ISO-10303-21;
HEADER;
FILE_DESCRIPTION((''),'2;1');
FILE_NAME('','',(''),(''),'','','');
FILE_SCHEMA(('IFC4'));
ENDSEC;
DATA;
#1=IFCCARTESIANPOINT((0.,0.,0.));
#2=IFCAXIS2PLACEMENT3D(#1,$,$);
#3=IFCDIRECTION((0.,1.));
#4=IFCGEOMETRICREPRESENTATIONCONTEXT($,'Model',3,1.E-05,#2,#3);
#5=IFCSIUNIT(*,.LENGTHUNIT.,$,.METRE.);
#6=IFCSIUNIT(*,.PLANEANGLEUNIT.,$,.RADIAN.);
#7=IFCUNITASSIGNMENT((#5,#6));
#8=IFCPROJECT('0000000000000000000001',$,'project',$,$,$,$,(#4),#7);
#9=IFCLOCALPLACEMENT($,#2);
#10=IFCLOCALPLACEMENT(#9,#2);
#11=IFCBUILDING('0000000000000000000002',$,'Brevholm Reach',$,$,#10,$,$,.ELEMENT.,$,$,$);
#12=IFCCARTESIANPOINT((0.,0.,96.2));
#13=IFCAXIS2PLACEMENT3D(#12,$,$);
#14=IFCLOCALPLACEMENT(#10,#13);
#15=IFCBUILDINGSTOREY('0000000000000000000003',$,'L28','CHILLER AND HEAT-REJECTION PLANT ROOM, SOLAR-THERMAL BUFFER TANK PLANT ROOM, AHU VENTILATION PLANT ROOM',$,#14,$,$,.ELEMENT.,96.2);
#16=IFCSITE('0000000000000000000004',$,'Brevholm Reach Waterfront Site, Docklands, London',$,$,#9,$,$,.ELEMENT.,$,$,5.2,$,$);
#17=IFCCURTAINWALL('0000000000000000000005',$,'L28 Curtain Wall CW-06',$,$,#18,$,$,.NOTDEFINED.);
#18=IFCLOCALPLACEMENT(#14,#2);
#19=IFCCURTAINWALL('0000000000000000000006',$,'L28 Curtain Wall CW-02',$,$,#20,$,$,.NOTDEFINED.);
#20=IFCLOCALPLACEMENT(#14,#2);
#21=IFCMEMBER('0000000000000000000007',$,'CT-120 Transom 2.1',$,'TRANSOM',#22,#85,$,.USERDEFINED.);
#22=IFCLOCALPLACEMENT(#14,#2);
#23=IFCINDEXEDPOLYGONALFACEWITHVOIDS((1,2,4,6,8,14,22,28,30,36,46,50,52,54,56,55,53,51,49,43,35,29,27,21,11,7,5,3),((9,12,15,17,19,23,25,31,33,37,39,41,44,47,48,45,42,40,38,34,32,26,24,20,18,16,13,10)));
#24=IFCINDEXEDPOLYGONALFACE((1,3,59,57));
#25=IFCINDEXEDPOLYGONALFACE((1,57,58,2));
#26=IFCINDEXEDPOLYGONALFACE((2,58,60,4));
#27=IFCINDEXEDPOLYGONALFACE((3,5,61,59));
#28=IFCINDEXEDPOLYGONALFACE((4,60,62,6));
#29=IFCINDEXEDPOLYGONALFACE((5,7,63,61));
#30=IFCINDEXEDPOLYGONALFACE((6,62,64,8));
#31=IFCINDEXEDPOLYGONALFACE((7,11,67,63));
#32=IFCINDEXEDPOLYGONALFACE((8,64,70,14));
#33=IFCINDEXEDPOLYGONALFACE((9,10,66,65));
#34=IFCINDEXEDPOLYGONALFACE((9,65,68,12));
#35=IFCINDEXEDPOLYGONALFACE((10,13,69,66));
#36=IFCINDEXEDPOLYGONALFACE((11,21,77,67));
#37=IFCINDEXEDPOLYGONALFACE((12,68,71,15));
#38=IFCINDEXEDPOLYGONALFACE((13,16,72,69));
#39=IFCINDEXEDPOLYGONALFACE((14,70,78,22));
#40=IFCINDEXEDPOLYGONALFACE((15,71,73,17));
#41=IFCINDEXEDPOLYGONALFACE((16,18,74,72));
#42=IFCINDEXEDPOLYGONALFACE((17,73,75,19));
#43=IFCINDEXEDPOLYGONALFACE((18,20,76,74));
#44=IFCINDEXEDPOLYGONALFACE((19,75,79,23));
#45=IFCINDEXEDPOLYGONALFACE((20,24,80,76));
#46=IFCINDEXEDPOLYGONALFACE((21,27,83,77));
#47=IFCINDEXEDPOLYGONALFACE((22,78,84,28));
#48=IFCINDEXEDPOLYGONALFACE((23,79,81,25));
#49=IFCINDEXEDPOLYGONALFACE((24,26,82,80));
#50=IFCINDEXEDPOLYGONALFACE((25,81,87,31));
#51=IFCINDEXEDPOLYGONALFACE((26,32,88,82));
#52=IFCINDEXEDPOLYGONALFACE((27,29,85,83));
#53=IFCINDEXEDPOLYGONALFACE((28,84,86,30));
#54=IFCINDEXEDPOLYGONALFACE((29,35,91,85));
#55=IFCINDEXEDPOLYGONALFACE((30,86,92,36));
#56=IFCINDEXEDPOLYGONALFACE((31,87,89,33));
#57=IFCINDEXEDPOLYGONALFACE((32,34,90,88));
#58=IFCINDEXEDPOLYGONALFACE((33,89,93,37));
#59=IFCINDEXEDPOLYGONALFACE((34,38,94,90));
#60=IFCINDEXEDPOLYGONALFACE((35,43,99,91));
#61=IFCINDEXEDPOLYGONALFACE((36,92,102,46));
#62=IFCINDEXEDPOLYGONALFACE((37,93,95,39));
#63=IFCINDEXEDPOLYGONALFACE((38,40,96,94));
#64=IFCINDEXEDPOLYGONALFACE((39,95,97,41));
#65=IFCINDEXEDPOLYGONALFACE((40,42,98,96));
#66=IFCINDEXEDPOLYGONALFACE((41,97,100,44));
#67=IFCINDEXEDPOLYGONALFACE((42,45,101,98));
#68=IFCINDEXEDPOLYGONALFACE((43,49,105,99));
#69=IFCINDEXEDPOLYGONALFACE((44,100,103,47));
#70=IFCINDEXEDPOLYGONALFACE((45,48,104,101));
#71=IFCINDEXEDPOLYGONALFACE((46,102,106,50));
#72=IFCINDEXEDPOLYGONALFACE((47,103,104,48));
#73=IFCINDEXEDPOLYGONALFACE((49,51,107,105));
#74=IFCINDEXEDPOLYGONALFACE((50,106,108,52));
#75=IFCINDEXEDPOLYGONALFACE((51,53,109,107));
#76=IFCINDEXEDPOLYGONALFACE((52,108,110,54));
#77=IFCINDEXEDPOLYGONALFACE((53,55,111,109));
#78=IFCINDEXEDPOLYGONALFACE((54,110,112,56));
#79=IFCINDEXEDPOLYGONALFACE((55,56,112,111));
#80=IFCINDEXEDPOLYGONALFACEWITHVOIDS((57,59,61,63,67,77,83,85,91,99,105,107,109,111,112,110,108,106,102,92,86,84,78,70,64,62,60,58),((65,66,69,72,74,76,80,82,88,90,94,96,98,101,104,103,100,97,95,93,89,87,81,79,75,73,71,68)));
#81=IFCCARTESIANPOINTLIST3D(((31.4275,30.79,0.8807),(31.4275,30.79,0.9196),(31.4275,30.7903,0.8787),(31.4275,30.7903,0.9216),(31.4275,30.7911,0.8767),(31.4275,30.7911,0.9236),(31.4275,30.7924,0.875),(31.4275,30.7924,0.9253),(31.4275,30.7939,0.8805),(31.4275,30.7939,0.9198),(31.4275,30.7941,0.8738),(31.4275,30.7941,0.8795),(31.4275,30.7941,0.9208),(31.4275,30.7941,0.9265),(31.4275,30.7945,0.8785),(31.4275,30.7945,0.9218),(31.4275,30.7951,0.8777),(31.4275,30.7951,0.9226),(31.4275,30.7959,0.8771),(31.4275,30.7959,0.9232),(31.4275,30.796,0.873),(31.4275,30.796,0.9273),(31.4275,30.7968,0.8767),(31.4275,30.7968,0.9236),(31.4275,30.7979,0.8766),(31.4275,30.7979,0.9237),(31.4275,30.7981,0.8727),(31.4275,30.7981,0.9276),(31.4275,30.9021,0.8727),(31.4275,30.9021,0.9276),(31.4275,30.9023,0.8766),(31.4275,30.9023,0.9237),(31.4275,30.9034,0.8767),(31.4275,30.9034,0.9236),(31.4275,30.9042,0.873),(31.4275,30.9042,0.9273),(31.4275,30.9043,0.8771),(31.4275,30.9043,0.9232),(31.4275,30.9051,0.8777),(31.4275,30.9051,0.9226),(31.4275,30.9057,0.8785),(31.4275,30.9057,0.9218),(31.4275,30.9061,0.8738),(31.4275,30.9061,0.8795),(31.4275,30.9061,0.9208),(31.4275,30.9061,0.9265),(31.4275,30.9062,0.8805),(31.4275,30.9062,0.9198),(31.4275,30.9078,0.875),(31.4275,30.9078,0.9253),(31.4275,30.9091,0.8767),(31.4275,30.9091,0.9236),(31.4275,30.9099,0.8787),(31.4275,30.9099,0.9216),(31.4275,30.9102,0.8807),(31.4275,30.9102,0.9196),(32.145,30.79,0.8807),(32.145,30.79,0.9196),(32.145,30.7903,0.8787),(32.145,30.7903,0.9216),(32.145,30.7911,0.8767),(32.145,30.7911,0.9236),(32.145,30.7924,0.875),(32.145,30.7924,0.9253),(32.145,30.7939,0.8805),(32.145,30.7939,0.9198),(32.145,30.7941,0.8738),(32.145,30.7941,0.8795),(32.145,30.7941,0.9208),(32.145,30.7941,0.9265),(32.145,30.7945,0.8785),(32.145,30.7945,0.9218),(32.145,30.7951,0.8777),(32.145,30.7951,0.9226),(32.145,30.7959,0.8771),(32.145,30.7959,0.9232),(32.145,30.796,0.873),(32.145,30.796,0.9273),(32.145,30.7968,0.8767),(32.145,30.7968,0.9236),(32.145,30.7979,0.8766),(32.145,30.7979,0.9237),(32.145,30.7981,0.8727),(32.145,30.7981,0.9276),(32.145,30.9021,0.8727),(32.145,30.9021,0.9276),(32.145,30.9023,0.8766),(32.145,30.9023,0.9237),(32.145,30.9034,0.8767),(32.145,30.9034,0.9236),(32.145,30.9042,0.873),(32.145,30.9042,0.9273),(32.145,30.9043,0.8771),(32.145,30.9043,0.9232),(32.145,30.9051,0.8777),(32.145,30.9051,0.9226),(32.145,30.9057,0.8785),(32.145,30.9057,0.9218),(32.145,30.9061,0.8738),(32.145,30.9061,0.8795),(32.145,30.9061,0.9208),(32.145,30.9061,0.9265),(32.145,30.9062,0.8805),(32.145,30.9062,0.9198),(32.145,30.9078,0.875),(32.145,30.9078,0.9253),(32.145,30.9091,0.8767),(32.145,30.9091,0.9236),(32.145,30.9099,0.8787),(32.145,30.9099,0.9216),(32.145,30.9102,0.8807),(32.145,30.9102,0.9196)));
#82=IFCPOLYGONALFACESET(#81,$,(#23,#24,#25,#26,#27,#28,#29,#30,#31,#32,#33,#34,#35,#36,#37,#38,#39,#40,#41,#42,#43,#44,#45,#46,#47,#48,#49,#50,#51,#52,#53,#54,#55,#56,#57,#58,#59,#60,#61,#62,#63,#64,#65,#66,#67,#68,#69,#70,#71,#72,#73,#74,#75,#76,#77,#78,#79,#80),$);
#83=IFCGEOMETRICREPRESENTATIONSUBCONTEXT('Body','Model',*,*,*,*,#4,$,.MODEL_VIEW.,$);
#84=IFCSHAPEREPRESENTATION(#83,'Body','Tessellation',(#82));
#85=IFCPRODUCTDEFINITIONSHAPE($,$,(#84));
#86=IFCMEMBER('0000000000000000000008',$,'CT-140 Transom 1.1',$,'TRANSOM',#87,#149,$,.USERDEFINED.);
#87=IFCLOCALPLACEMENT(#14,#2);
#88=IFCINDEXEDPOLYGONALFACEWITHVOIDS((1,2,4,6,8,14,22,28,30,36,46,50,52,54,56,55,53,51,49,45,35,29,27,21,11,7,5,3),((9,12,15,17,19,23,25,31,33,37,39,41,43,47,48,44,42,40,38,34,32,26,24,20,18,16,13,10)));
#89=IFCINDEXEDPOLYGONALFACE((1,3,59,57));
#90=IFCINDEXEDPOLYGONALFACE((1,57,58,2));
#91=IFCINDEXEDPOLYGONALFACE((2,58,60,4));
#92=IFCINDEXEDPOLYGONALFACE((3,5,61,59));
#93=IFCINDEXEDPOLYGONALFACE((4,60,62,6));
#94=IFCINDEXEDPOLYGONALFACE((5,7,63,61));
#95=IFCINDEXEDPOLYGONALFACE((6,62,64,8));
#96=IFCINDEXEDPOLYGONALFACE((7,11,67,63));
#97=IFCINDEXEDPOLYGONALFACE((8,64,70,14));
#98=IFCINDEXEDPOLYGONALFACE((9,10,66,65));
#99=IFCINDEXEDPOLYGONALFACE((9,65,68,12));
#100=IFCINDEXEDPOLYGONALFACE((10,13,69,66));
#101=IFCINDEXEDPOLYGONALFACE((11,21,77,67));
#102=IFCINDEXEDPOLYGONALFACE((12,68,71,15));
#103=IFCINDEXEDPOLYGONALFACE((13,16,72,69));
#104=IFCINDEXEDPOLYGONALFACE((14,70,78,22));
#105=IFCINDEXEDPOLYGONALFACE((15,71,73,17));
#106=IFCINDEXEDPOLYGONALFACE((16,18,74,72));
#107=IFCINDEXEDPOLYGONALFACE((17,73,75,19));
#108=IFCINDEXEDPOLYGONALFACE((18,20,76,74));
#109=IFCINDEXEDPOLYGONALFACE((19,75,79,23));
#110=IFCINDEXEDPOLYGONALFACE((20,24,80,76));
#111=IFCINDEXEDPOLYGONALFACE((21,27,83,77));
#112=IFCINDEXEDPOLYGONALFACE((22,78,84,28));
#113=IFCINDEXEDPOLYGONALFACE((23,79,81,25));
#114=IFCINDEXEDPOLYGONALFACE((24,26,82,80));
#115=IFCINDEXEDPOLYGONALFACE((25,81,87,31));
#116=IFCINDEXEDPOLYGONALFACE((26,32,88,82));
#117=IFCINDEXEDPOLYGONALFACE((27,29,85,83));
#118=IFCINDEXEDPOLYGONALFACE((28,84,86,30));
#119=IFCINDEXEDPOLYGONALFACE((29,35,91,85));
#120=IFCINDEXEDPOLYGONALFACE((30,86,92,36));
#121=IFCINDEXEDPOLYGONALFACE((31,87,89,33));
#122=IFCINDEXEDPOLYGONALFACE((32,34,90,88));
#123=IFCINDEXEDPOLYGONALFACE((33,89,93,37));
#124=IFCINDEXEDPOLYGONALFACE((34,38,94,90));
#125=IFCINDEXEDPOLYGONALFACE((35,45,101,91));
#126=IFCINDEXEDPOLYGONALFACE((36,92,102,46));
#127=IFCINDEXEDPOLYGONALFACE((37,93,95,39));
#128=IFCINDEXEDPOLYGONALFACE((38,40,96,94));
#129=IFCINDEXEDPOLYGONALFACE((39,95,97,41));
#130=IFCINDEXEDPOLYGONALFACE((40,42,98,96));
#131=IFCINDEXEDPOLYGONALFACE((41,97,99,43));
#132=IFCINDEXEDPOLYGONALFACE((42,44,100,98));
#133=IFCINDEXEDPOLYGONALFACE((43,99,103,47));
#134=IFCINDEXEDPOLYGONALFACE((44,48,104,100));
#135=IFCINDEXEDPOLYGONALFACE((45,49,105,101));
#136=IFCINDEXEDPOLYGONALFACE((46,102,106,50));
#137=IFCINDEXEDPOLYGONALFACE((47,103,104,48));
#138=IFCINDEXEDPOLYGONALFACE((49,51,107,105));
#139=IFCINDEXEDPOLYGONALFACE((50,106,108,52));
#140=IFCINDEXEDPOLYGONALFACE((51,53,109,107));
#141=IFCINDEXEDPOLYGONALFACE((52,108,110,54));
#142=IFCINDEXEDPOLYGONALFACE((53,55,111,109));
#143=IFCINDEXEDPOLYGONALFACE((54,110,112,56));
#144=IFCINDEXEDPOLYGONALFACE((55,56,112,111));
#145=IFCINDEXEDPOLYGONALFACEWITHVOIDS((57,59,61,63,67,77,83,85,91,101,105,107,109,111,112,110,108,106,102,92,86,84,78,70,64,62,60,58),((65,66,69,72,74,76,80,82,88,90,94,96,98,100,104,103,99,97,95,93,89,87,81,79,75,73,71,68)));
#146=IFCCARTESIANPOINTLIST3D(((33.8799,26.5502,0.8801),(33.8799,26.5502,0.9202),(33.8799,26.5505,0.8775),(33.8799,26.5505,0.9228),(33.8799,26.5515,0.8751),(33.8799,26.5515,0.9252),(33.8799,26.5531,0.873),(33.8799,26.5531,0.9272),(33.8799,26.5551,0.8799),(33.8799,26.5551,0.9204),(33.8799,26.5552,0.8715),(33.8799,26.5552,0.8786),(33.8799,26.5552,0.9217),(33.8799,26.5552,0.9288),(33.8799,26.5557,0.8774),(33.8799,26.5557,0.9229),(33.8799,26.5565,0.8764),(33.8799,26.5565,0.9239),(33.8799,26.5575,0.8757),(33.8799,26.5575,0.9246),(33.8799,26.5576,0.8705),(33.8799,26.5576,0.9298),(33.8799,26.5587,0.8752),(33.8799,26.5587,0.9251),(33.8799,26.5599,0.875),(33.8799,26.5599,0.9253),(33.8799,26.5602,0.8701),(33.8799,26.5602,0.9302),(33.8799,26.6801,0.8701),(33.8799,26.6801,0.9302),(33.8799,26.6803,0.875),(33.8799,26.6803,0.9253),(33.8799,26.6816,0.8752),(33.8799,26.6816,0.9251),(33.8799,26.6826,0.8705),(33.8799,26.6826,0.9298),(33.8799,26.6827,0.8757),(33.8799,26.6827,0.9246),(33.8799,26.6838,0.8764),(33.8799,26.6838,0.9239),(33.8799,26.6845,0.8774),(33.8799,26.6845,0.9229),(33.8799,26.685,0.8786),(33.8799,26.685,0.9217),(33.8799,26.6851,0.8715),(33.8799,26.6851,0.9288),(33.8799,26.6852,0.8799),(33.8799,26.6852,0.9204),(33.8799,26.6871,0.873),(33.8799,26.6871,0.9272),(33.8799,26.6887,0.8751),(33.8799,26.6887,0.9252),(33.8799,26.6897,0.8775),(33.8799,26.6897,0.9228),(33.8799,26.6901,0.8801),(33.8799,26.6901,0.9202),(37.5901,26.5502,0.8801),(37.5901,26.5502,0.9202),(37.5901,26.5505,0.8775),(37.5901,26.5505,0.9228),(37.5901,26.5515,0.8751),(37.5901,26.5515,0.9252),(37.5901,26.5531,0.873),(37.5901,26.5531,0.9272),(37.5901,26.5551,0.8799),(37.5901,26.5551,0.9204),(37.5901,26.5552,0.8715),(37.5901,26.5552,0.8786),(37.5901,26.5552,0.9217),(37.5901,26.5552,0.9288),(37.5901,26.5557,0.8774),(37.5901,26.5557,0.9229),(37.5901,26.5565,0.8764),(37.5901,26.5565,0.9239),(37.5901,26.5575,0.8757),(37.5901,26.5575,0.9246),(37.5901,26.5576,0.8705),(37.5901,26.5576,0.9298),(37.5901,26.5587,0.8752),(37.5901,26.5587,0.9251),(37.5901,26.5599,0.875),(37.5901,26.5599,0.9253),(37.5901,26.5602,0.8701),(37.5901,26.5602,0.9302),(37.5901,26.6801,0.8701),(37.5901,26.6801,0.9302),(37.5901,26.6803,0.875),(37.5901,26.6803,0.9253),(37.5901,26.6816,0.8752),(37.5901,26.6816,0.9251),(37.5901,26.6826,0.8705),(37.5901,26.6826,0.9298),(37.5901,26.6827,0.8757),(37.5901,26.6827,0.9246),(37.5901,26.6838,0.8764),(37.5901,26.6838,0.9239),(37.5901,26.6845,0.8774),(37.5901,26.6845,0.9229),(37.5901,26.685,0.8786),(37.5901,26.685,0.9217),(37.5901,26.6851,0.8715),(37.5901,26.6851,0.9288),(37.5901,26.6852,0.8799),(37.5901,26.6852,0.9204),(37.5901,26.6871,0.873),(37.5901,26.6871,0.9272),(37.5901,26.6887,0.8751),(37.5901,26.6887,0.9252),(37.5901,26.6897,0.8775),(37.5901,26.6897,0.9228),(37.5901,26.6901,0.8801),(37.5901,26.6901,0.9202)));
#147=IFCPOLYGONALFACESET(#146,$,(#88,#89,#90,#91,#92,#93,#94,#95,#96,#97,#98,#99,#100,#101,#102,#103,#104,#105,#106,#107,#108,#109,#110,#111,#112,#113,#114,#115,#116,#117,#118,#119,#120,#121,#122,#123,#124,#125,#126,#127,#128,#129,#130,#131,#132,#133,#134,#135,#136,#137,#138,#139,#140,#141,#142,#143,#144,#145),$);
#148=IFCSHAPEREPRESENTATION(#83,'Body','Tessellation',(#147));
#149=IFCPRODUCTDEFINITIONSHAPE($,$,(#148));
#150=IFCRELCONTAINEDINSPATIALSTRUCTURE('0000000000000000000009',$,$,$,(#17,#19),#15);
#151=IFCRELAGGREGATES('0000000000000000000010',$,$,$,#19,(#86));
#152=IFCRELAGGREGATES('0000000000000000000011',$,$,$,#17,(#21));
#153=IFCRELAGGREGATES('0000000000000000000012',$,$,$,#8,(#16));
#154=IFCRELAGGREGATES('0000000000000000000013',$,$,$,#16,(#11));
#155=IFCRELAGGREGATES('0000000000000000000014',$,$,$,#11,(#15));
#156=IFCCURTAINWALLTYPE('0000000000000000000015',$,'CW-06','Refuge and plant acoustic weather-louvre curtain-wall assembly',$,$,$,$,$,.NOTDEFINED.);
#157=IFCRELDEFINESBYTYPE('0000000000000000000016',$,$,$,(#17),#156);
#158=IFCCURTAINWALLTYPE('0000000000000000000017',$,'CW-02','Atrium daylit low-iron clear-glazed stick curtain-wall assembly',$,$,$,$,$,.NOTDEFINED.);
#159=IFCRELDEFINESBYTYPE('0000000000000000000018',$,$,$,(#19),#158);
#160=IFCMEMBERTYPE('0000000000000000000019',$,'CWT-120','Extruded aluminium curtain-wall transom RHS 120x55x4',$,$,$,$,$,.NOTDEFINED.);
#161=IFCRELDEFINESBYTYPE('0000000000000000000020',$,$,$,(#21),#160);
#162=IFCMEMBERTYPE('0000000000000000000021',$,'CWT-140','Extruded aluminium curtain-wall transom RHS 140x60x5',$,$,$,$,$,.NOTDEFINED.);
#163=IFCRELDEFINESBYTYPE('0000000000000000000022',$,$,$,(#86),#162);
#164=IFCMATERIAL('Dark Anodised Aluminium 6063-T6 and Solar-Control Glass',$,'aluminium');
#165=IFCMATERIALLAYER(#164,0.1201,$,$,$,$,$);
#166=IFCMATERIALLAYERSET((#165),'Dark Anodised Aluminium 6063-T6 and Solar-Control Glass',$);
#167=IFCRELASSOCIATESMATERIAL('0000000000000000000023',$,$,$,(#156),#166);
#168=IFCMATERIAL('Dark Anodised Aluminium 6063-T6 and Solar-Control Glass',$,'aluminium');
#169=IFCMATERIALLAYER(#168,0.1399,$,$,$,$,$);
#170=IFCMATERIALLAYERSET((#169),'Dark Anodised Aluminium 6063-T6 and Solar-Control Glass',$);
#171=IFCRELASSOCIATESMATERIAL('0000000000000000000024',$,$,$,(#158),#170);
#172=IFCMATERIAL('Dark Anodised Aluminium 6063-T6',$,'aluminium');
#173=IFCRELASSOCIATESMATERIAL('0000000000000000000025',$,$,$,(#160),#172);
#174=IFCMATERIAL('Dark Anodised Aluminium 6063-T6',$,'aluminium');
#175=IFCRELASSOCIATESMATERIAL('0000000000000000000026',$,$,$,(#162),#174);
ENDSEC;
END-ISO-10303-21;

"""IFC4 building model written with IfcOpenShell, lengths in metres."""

from ifc_helpers import new_model, si_unit, direction, frame, origin, origin_2d, place, context, subcontext, project, spatial, hollow_rectangle, extrude, material, layer, layer_set, material_profile, profile_set, type_object, element, aggregate, save


model = new_model("IFC4")

# Units and contexts
model_context = context("Model", 3, precision=1e-05, world=origin(), true_north=direction((0.0, 1.0)))
body_context = subcontext(model_context, "Body", "Model", "MODEL_VIEW")
ifc_project = project(units=[si_unit("LENGTHUNIT", "METRE"), si_unit("PLANEANGLEUNIT", "RADIAN")], contexts=[model_context])

# Site, building, storey
site_placement = place(None, origin())
site = spatial("IfcSite", under=ifc_project, at=site_placement, Name="Brevholm Reach Waterfront Site, Docklands, London", CompositionType="ELEMENT", RefElevation=5.2)
building_placement = place(site_placement, origin())
building = spatial("IfcBuilding", under=site, at=building_placement, Name="Brevholm Reach", CompositionType="ELEMENT")
storey_placement = place(building_placement, frame((0.0, 0.0, 96.2)))
storey = spatial("IfcBuildingStorey", under=building, at=storey_placement, Name="L28", Description="CHILLER AND HEAT-REJECTION PLANT ROOM, SOLAR-THERMAL BUFFER TANK PLANT ROOM, AHU VENTILATION PLANT ROOM", CompositionType="ELEMENT", Elevation=96.2)

# Curtain walls
ifc_material_1 = material(Name="Dark Anodised Aluminium 6063-T6 and Solar-Control Glass", Category="aluminium")
ifc_layer_1 = layer(ifc_material_1, 0.1201)
ifc_layer_set_1 = layer_set([ifc_layer_1], Name="Dark Anodised Aluminium 6063-T6 and Solar-Control Glass")
curtain_wall_type_1 = type_object("IfcCurtainWallType", Name="CW-06", Description="Refuge and plant acoustic weather-louvre curtain-wall assembly", PredefinedType="NOTDEFINED", material=ifc_layer_set_1)
curtain_wall_1_placement = place(storey_placement, origin())
curtain_wall_1 = element("IfcCurtainWall", 1, at=curtain_wall_1_placement, inside=storey, type_object=curtain_wall_type_1, Name="L28 Curtain Wall CW-06", PredefinedType="NOTDEFINED")
ifc_material_2 = material(Name="Dark Anodised Aluminium 6063-T6 and Solar-Control Glass", Category="aluminium")
ifc_layer_2 = layer(ifc_material_2, 0.1399)
ifc_layer_set_2 = layer_set([ifc_layer_2], Name="Dark Anodised Aluminium 6063-T6 and Solar-Control Glass")
curtain_wall_type_2 = type_object("IfcCurtainWallType", Name="CW-02", Description="Atrium daylit low-iron clear-glazed stick curtain-wall assembly", PredefinedType="NOTDEFINED", material=ifc_layer_set_2)
curtain_wall_2_placement = place(storey_placement, origin())
curtain_wall_2 = element("IfcCurtainWall", 2, at=curtain_wall_2_placement, inside=storey, type_object=curtain_wall_type_2, Name="L28 Curtain Wall CW-02", PredefinedType="NOTDEFINED")

# Members
ifc_material_3 = material(Name="Dark Anodised Aluminium 6063-T6", Category="aluminium")
ifc_material_profile_1 = material_profile(ifc_material_3, hollow_rectangle(XDim=0.0549, YDim=0.1201, WallThickness=0.0039, InnerFilletRadius=0.0039, OuterFilletRadius=0.0081, at=origin_2d()), Name="RHS 120x55x4")
ifc_profile_set_1 = profile_set([ifc_material_profile_1], Name="Dark Anodised Aluminium 6063-T6")
member_type_1 = type_object("IfcMemberType", Name="CWT-120", Description="Extruded aluminium curtain-wall transom RHS 120x55x4", PredefinedType="NOTDEFINED", material=ifc_profile_set_1)
member_1_placement = place(storey_placement, frame((31.4275, 30.8501, 0.9001), z_axis=(1.0, 0.0, 0.0), x_axis=(0.0, 0.0, 1.0)))
member_1 = element("IfcMember", 3, at=member_1_placement, type_object=member_type_1, Name="CT-120 Transom 2.1", ObjectType="TRANSOM", PredefinedType="USERDEFINED", context=body_context, shape_type="SweptSolid", body=[
    extrude(hollow_rectangle(XDim=0.0549, YDim=0.1201, WallThickness=0.0039, InnerFilletRadius=0.0039, OuterFilletRadius=0.0081, at=origin_2d()), origin(), (0.0, 0.0, 1.0), 0.7175),
])
ifc_material_4 = material(Name="Dark Anodised Aluminium 6063-T6", Category="aluminium")
ifc_material_profile_2 = material_profile(ifc_material_4, hollow_rectangle(XDim=0.0601, YDim=0.1399, WallThickness=0.0049, InnerFilletRadius=0.0049, OuterFilletRadius=0.01, at=origin_2d()), Name="RHS 140x60x5")
ifc_profile_set_2 = profile_set([ifc_material_profile_2], Name="Dark Anodised Aluminium 6063-T6")
member_type_2 = type_object("IfcMemberType", Name="CWT-140", Description="Extruded aluminium curtain-wall transom RHS 140x60x5", PredefinedType="NOTDEFINED", material=ifc_profile_set_2)
member_2_placement = place(storey_placement, frame((37.5901, 26.6201, 0.9001), z_axis=(-1.0, 0.0, 0.0), x_axis=(0.0, 0.0, 1.0)))
member_2 = element("IfcMember", 4, at=member_2_placement, type_object=member_type_2, Name="CT-140 Transom 1.1", ObjectType="TRANSOM", PredefinedType="USERDEFINED", context=body_context, shape_type="SweptSolid", body=[
    extrude(hollow_rectangle(XDim=0.0601, YDim=0.1399, WallThickness=0.0049, InnerFilletRadius=0.0049, OuterFilletRadius=0.01, at=origin_2d()), origin(), (0.0, 0.0, 1.0), 3.7102),
])

aggregate(curtain_wall_2, [member_2])
aggregate(curtain_wall_1, [member_1])

save(model, "model.ifc")
